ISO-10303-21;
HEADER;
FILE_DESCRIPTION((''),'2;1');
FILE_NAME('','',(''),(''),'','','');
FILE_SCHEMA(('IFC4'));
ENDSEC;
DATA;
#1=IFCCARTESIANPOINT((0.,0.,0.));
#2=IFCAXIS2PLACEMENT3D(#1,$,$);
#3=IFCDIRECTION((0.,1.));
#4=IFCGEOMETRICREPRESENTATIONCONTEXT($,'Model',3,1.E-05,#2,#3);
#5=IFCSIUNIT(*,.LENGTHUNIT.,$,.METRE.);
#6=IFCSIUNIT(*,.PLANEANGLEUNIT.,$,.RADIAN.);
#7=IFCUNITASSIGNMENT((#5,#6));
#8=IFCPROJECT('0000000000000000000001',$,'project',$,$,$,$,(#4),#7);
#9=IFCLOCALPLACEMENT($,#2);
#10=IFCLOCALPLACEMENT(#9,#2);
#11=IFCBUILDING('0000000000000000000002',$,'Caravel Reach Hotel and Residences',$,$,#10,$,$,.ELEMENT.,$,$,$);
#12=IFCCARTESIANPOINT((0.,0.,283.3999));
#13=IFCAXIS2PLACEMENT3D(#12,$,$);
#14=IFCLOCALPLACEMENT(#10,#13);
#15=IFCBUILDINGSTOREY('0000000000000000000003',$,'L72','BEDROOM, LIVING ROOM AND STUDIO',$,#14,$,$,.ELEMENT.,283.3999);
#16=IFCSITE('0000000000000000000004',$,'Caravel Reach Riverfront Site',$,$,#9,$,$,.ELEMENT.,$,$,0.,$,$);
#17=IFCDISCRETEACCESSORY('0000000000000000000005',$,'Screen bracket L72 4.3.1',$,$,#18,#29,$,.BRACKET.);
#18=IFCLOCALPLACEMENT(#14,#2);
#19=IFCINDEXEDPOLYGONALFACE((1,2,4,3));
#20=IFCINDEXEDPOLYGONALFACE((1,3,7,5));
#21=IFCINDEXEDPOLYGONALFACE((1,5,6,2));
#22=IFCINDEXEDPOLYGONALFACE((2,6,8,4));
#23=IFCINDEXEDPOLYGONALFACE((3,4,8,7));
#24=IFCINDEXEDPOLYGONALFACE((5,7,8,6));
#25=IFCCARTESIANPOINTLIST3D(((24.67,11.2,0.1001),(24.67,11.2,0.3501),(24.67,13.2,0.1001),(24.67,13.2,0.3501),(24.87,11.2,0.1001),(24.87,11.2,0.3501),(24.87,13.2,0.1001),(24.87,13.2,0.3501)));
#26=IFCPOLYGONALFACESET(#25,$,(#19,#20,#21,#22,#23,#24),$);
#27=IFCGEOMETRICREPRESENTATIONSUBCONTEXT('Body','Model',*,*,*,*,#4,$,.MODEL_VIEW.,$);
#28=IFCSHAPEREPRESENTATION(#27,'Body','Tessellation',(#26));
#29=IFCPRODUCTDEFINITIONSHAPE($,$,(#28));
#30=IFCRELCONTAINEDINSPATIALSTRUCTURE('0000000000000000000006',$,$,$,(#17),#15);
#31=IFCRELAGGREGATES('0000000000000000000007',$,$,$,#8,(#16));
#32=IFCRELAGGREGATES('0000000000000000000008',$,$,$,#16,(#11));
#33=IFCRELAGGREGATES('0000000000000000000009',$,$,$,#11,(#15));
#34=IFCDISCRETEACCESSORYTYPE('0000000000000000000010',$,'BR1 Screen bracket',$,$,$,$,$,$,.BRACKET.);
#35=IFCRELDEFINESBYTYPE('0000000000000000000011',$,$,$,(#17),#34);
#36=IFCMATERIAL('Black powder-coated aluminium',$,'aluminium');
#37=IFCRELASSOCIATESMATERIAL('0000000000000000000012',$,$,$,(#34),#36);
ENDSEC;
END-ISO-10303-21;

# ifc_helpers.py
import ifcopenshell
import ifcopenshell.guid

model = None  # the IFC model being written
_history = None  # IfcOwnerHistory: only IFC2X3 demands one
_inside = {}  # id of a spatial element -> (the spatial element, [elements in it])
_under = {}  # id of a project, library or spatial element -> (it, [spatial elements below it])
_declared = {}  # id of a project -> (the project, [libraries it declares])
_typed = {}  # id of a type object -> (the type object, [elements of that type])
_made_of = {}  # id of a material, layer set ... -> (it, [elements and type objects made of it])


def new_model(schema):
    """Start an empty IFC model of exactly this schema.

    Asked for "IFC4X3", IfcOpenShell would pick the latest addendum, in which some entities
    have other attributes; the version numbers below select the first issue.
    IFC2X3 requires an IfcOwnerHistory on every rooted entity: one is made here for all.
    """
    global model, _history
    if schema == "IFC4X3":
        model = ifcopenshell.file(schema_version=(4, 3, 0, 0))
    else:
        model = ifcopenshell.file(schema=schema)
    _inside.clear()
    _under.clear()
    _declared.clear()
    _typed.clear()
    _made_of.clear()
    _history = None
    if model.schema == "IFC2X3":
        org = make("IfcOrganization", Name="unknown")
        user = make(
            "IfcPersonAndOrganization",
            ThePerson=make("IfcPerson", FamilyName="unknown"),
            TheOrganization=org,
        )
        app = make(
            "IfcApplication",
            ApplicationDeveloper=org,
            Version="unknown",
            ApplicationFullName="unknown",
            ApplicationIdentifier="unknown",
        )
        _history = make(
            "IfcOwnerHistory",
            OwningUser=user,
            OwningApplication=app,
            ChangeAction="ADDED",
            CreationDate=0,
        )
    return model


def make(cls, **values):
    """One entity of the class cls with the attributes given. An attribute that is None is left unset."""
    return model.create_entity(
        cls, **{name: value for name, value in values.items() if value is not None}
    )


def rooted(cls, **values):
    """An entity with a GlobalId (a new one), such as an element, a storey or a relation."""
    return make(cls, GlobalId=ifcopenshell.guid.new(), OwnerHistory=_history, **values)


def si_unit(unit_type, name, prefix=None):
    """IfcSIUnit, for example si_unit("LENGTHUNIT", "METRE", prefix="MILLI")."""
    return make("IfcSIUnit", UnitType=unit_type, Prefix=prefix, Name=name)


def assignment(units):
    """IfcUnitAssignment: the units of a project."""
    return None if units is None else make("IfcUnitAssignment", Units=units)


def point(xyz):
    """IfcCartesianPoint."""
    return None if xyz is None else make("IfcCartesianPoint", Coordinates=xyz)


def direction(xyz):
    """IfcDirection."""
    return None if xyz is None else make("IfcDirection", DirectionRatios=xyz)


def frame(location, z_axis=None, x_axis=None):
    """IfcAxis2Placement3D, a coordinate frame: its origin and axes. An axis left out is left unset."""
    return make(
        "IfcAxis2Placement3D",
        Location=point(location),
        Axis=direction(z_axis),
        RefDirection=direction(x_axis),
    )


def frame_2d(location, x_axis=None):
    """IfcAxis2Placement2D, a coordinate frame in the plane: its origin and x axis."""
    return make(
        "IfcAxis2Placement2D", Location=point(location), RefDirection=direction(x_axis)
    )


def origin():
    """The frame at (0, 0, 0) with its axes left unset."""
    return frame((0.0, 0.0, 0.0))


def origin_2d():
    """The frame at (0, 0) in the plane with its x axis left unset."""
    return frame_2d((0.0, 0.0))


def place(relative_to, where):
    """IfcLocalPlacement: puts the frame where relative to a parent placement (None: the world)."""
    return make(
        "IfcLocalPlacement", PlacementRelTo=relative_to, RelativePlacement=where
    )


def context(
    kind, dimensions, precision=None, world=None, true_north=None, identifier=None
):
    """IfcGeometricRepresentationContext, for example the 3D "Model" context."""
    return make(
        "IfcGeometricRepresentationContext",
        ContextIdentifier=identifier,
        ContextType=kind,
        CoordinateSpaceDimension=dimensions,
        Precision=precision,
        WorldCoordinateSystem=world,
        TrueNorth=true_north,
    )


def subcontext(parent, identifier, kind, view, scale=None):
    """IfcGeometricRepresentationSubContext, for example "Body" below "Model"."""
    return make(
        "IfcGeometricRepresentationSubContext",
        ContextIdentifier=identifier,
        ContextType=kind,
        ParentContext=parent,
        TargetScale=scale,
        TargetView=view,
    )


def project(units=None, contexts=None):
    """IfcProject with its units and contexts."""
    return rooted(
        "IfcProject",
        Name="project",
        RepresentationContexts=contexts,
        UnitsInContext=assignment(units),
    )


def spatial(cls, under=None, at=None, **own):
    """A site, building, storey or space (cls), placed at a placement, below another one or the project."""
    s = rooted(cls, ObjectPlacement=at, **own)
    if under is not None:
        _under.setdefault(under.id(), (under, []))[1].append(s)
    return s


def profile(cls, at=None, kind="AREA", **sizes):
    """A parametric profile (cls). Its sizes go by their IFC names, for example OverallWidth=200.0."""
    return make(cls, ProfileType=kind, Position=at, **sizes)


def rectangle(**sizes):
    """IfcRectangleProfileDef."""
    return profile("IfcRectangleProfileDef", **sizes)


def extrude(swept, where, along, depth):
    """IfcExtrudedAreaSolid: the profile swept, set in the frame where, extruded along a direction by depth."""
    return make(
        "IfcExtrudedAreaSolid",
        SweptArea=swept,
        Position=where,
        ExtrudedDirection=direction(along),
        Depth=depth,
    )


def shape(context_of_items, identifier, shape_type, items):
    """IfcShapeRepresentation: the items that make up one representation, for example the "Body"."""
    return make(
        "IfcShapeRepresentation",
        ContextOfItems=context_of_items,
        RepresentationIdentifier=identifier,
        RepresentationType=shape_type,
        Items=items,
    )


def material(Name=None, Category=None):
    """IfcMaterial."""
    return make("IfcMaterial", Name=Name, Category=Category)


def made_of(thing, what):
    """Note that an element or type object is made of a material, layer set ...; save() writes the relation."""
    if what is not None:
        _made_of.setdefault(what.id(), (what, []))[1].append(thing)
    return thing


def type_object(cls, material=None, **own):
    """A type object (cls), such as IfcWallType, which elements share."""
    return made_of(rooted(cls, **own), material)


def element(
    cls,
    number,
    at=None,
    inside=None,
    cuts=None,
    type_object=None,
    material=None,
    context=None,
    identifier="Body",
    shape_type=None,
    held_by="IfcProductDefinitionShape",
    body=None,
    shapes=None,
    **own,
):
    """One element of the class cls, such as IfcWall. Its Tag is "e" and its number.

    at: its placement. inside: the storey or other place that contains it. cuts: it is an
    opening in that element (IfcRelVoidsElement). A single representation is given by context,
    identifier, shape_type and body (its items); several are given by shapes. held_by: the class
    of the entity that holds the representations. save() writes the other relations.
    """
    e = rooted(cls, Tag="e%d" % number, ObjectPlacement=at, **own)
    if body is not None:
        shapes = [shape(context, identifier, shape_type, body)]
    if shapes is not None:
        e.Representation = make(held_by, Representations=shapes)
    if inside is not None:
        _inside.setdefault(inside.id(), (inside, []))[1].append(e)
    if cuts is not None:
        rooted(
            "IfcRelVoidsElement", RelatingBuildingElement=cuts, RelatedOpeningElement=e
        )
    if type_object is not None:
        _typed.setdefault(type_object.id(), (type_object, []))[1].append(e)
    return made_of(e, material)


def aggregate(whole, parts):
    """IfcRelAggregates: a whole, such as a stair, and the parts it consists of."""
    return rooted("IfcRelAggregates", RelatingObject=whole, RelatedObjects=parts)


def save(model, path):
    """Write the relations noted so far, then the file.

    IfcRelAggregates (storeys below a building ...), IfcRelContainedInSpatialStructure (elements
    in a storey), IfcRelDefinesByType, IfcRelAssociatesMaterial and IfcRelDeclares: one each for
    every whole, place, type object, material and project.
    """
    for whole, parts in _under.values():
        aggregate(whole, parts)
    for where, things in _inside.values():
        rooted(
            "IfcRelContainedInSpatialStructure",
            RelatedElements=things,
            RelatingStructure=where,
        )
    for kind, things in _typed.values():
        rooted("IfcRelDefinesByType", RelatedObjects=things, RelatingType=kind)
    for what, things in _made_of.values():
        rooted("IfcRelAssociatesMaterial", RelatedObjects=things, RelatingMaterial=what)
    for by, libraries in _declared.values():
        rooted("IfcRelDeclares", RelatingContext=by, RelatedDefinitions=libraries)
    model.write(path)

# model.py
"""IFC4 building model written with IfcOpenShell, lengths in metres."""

from ifc_helpers import new_model, si_unit, direction, frame, origin, origin_2d, place, context, subcontext, project, spatial, rectangle, extrude, material, type_object, element, save


model = new_model("IFC4")

# Units and contexts
model_context = context("Model", 3, precision=1e-05, world=origin(), true_north=direction((0.0, 1.0)))
body_context = subcontext(model_context, "Body", "Model", "MODEL_VIEW")
ifc_project = project(units=[si_unit("LENGTHUNIT", "METRE"), si_unit("PLANEANGLEUNIT", "RADIAN")], contexts=[model_context])

# Site, building, storey
site_placement = place(None, origin())
site = spatial("IfcSite", under=ifc_project, at=site_placement, Name="Caravel Reach Riverfront Site", CompositionType="ELEMENT", RefElevation=0.0)
building_placement = place(site_placement, origin())
building = spatial("IfcBuilding", under=site, at=building_placement, Name="Caravel Reach Hotel and Residences", CompositionType="ELEMENT")
storey_placement = place(building_placement, frame((0.0, 0.0, 283.3999)))
storey = spatial("IfcBuildingStorey", under=building, at=storey_placement, Name="L72", Description="BEDROOM, LIVING ROOM AND STUDIO", CompositionType="ELEMENT", Elevation=283.3999)

# Discrete accessory
ifc_material_1 = material(Name="Black powder-coated aluminium", Category="aluminium")
discrete_accessory_type = type_object("IfcDiscreteAccessoryType", Name="BR1 Screen bracket", PredefinedType="BRACKET", material=ifc_material_1)
for number, where, z_axis, x_axis, name in (
    (1, (24.77, 12.2, 0.1001), (0.0, 0.0, 1.0), (0.0, -1.0, 0.0), "Screen bracket L72 4.3.1"),
):
    element("IfcDiscreteAccessory", number, at=place(storey_placement, frame(where, z_axis=z_axis, x_axis=x_axis)), inside=storey, type_object=discrete_accessory_type, Name=name, PredefinedType="BRACKET", context=body_context, shape_type="SweptSolid", body=[
        extrude(rectangle(XDim=2.0, YDim=0.2, at=origin_2d()), origin(), (0.0, 0.0, 1.0), 0.25),
    ])

save(model, "model.ifc")
